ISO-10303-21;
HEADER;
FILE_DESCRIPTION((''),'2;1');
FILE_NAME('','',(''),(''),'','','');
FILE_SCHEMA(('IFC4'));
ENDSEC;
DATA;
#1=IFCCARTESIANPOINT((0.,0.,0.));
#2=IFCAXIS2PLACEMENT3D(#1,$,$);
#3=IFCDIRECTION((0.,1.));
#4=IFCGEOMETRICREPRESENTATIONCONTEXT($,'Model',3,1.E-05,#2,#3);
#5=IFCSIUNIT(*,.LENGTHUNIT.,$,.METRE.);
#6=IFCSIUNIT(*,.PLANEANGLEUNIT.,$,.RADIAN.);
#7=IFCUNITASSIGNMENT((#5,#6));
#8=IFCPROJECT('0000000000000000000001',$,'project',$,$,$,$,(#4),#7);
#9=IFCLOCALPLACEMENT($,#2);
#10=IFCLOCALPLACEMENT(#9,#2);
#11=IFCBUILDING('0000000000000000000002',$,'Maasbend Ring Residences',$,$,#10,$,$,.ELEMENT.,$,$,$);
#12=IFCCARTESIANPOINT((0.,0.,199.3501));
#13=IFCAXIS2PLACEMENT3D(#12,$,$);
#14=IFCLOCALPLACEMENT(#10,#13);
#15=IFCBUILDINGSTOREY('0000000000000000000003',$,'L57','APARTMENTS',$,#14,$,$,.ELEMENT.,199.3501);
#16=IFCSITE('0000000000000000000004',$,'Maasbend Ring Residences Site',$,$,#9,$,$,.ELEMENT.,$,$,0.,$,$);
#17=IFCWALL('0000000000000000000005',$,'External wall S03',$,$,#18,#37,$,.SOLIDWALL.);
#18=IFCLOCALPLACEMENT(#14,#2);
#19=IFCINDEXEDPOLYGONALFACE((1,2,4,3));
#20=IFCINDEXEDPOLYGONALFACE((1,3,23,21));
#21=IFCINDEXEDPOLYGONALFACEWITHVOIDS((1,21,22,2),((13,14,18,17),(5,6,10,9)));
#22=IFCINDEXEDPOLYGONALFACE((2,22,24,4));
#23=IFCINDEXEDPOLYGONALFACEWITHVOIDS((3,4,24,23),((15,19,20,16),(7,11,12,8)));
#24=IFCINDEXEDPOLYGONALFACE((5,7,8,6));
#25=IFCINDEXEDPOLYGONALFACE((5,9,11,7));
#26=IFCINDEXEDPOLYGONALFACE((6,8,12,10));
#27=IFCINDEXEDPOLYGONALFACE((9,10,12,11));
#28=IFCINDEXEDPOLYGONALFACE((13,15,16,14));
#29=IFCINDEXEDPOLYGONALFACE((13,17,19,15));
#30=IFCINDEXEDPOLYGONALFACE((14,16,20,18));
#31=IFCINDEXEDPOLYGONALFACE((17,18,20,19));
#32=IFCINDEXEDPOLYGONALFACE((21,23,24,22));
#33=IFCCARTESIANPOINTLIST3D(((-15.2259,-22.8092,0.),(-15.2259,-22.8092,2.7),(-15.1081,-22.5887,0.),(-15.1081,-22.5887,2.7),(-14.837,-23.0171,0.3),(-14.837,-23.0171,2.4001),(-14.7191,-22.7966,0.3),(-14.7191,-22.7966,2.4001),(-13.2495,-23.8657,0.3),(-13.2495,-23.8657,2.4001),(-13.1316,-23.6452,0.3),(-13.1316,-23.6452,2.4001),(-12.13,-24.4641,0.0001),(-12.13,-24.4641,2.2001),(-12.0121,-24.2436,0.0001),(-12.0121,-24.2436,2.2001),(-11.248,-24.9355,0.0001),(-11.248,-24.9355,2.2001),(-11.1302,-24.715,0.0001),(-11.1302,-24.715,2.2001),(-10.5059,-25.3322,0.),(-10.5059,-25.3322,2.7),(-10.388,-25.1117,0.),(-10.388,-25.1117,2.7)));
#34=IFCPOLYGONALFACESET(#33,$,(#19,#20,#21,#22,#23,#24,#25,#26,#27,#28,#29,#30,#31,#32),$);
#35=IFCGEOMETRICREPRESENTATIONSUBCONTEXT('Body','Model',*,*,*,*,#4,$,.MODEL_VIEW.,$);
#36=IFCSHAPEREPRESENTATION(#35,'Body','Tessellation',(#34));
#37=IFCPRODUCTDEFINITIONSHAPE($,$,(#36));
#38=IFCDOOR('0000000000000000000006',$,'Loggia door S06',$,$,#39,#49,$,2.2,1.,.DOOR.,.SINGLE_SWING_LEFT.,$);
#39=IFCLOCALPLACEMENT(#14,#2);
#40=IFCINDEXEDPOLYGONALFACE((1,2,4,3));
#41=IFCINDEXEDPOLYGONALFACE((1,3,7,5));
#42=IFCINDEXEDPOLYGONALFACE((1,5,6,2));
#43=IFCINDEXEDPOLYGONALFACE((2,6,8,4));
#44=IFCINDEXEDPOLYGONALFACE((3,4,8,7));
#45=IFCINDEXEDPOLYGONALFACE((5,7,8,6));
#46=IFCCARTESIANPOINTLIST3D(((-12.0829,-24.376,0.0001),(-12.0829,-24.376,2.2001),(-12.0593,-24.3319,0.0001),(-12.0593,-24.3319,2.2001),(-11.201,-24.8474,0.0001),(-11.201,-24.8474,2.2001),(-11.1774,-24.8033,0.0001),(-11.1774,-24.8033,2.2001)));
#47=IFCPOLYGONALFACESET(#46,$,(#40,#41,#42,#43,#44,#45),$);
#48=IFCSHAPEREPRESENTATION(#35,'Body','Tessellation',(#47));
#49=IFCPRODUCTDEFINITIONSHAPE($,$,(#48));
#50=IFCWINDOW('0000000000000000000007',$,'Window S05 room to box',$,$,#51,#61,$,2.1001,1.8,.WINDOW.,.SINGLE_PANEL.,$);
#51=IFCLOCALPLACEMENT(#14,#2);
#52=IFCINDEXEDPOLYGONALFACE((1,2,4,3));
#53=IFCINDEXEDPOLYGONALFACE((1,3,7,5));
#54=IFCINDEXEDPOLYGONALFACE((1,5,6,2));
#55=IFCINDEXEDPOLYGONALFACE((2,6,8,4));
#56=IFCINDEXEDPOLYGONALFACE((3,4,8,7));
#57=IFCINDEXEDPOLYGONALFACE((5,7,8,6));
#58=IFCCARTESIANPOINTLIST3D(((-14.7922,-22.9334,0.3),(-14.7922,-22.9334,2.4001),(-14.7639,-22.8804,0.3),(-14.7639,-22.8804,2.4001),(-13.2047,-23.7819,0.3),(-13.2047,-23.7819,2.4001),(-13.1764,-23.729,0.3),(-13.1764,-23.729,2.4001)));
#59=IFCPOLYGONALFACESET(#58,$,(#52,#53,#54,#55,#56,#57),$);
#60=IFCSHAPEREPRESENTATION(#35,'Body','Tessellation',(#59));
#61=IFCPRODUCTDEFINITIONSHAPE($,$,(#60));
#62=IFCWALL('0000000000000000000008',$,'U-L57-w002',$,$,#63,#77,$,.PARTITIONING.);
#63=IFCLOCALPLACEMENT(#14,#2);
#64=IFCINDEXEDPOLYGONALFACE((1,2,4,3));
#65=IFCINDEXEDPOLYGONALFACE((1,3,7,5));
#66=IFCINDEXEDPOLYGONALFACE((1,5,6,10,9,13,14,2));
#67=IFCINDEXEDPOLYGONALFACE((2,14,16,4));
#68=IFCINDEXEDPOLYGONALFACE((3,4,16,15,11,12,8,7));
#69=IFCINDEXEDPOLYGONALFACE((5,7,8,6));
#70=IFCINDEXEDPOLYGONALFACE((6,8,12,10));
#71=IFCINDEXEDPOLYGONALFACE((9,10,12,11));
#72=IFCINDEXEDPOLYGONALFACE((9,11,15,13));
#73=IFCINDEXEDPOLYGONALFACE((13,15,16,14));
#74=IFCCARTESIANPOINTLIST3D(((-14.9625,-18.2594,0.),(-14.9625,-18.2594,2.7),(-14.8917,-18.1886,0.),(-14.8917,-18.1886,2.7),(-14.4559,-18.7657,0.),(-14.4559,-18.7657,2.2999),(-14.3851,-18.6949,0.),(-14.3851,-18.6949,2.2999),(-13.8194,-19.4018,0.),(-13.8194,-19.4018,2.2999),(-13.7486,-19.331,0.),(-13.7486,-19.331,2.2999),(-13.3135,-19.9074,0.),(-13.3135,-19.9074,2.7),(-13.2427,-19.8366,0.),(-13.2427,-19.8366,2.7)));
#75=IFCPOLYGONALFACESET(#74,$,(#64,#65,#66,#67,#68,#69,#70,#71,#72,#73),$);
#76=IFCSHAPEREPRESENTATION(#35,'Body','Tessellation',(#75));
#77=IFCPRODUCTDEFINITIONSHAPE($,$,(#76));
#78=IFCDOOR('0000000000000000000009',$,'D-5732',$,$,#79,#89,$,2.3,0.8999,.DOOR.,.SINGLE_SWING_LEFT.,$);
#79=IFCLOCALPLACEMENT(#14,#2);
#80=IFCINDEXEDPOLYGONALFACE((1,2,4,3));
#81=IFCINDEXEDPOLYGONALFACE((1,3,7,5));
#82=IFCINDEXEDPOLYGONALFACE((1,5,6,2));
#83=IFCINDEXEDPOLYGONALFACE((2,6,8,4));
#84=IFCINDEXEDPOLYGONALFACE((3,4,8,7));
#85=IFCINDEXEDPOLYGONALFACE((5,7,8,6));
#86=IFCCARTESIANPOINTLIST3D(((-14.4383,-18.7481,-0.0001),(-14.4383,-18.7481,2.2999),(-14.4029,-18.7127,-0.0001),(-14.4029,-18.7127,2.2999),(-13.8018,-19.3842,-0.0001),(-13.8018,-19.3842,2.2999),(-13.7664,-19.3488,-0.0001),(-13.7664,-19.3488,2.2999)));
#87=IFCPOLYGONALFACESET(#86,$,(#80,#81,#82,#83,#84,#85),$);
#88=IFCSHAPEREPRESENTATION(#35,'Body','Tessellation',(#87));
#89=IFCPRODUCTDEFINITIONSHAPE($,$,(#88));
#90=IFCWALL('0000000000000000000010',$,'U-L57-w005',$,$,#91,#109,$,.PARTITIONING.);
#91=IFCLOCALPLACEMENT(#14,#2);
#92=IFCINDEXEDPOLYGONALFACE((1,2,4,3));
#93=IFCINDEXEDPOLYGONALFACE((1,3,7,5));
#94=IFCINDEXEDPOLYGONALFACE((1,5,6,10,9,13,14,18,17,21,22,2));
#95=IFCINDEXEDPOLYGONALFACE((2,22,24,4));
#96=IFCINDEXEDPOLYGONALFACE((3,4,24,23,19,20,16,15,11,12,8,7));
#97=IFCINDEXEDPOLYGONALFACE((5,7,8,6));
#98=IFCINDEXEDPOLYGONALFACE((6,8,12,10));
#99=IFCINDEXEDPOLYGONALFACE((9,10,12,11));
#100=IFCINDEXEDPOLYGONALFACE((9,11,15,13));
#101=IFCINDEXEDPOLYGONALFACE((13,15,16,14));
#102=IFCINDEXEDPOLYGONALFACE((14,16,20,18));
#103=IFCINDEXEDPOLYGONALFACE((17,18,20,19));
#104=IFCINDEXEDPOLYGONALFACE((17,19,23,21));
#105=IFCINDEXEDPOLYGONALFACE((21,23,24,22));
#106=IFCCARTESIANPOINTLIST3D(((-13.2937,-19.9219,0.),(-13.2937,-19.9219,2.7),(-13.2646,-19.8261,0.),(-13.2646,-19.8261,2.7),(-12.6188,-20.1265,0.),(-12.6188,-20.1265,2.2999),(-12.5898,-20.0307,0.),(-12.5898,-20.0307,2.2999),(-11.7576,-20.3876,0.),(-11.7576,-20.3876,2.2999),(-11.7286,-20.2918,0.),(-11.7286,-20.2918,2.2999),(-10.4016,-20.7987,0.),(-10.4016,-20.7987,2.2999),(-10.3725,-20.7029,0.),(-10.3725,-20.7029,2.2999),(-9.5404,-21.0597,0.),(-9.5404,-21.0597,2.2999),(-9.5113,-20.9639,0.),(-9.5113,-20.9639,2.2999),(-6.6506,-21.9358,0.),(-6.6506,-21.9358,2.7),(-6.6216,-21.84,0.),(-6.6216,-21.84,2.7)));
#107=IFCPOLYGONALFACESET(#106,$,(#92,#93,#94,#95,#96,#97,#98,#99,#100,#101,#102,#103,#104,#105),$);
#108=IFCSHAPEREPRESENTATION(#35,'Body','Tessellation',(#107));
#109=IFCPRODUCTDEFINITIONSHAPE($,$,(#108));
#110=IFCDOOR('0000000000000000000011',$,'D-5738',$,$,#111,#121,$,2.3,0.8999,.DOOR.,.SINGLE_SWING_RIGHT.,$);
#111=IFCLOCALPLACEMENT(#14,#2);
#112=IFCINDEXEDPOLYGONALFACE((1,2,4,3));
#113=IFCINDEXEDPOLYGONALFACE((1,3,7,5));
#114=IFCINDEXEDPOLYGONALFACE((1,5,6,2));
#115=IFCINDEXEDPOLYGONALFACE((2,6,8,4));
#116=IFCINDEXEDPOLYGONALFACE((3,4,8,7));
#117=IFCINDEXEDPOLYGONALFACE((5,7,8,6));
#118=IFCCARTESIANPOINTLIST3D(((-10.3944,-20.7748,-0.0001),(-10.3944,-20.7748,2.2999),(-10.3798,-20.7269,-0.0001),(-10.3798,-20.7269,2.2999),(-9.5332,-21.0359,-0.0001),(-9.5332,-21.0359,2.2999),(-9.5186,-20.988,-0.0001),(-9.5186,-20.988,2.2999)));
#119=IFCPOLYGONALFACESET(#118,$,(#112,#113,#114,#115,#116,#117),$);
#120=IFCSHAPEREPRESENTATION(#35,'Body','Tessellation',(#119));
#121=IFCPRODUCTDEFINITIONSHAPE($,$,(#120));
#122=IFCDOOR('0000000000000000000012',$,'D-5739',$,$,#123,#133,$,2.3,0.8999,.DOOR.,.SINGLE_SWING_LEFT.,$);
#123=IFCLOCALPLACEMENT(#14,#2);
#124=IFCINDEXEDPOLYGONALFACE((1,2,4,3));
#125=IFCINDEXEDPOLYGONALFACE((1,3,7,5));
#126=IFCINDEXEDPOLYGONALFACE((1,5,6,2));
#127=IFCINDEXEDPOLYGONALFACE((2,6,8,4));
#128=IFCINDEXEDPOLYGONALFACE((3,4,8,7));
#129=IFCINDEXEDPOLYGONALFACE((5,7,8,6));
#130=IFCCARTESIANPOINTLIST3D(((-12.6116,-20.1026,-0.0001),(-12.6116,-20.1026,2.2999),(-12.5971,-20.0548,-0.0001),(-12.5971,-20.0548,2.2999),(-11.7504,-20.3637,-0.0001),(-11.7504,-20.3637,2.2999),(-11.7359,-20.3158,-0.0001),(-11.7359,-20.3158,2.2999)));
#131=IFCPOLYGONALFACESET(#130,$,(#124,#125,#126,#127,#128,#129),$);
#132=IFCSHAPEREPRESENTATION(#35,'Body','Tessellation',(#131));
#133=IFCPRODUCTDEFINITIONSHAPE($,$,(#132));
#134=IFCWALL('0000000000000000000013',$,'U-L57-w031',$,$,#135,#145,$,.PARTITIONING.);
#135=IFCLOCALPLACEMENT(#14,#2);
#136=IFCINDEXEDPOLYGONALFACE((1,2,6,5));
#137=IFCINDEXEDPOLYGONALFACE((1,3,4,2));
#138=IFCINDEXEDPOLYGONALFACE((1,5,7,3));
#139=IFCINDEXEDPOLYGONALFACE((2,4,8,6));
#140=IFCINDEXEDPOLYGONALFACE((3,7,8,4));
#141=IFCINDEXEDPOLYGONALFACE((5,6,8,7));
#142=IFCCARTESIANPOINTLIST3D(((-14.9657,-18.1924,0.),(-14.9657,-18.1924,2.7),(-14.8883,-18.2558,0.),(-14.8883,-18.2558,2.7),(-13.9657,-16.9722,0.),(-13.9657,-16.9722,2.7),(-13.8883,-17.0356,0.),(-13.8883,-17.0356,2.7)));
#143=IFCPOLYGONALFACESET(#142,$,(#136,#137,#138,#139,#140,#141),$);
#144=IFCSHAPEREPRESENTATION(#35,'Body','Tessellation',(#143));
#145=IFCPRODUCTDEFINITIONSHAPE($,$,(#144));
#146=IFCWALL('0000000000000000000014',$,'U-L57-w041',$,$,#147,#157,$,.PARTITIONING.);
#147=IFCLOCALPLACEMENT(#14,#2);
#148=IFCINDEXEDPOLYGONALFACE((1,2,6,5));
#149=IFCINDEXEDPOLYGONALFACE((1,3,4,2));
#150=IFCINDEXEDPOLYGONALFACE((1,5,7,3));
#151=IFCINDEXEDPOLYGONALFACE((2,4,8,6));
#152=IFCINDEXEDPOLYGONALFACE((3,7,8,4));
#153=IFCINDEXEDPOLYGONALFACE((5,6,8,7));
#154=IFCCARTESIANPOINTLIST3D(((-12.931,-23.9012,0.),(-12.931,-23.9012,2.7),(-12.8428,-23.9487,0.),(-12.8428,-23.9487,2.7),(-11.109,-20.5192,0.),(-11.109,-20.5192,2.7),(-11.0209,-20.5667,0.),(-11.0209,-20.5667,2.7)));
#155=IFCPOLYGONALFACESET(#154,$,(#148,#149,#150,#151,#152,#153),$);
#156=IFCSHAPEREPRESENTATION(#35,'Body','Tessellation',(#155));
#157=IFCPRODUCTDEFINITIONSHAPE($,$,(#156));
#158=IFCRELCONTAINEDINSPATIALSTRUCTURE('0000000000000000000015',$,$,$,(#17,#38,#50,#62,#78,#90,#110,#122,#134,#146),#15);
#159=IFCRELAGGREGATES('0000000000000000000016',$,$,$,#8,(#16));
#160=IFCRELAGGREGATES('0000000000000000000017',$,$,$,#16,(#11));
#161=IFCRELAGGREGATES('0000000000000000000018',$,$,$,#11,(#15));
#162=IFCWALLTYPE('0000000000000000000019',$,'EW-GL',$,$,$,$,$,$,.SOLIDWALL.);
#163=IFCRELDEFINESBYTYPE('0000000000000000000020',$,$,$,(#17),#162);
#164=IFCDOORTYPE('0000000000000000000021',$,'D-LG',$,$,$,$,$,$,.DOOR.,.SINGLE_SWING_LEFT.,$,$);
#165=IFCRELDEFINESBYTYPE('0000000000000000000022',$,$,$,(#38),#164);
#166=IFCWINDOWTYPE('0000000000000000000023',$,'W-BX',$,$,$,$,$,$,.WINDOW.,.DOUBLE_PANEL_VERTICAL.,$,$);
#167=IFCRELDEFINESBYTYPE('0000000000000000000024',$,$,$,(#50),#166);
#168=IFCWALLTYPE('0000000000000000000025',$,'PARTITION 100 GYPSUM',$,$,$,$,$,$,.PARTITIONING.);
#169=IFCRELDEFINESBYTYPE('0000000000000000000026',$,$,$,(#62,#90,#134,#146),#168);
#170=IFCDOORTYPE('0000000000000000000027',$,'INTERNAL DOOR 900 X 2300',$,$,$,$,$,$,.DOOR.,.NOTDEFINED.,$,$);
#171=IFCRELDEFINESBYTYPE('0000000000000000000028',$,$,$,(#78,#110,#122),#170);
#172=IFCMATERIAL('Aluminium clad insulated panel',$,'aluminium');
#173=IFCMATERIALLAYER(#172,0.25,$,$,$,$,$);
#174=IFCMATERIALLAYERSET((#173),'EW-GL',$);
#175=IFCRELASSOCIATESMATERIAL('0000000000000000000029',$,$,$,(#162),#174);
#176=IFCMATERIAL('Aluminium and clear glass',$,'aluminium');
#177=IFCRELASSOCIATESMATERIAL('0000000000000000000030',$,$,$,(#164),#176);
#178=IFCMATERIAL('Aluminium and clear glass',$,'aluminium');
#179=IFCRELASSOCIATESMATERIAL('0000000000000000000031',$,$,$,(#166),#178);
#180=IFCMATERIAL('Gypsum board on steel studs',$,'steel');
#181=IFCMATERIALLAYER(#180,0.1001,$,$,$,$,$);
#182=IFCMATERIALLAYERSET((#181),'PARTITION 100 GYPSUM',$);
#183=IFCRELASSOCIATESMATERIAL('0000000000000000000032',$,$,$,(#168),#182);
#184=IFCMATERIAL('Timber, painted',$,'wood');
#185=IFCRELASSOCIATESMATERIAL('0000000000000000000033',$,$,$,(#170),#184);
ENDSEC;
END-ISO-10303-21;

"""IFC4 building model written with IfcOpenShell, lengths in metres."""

from ifc_helpers import new_model, si_unit, direction, frame, frame_2d, origin, place, context, subcontext, project, spatial, rectangle, extrude, material, layer, layer_set, type_object, element, fill, save


model = new_model("IFC4")

# Units and contexts
model_context = context("Model", 3, precision=1e-05, world=origin(), true_north=direction((0.0, 1.0)))
body_context = subcontext(model_context, "Body", "Model", "MODEL_VIEW")
ifc_project = project(units=[si_unit("LENGTHUNIT", "METRE"), si_unit("PLANEANGLEUNIT", "RADIAN")], contexts=[model_context])

# Site, building, storey
site_placement = place(None, origin())
site = spatial("IfcSite", under=ifc_project, at=site_placement, Name="Maasbend Ring Residences Site", CompositionType="ELEMENT", RefElevation=0.0)
building_placement = place(site_placement, origin())
building = spatial("IfcBuilding", under=site, at=building_placement, Name="Maasbend Ring Residences", CompositionType="ELEMENT")
storey_placement = place(building_placement, frame((0.0, 0.0, 199.3501)))
storey = spatial("IfcBuildingStorey", under=building, at=storey_placement, Name="L57", Description="APARTMENTS", CompositionType="ELEMENT", Elevation=199.3501)

# Wall, openings, door, window
ifc_material_1 = material(Name="Aluminium clad insulated panel", Category="aluminium")
ifc_layer_1 = layer(ifc_material_1, 0.25)
ifc_layer_set_1 = layer_set([ifc_layer_1], Name="EW-GL")
wall_type_1 = type_object("IfcWallType", Name="EW-GL", PredefinedType="SOLIDWALL", material=ifc_layer_set_1)
wall_1_placement = place(storey_placement, frame((-15.167, -22.699, 0.0), z_axis=(0.0, 0.0, 1.0), x_axis=(0.881916, -0.471407, 0.0)))
wall_1 = element("IfcWall", 1, at=wall_1_placement, inside=storey, type_object=wall_type_1, Name="External wall S03", PredefinedType="SOLIDWALL", context=body_context, shape_type="SweptSolid", body=[
    extrude(rectangle(XDim=5.3521, YDim=0.25, at=frame_2d((2.676, 0.0))), origin(), (0.0, 0.0, 1.0), 2.7),
])
opening_1_placement = place(wall_1_placement, frame((0.4412, 0.0, 0.3)))
opening_1 = element("IfcOpeningElement", 2, at=opening_1_placement, cuts=wall_1, PredefinedType="OPENING", context=body_context, shape_type="SweptSolid", body=[
    extrude(rectangle(XDim=1.8, YDim=2.1001, at=frame_2d((0.8999, 1.05))), frame((0.0, 0.135, 0.0), z_axis=(0.0, -1.0, 0.0), x_axis=(1.0, 0.0, 0.0)), (0.0, 0.0, 1.0), 0.27),
])
opening_2_placement = place(wall_1_placement, frame((3.5105, 0.0, 0.0)))
opening_2 = element("IfcOpeningElement", 3, at=opening_2_placement, cuts=wall_1, PredefinedType="OPENING", context=body_context, shape_type="SweptSolid", body=[
    extrude(rectangle(XDim=1.0, YDim=2.2, at=frame_2d((0.5, 1.1001))), frame((0.0, 0.135, 0.0), z_axis=(0.0, -1.0, 0.0), x_axis=(1.0, 0.0, 0.0)), (0.0, 0.0, 1.0), 0.27),
])
ifc_material_2 = material(Name="Aluminium and clear glass", Category="aluminium")
door_type_1 = type_object("IfcDoorType", Name="D-LG", OperationType="SINGLE_SWING_LEFT", PredefinedType="DOOR", material=ifc_material_2)
door_1_placement = place(opening_2_placement, origin())
door_1 = element("IfcDoor", 4, at=door_1_placement, inside=storey, type_object=door_type_1, Name="Loggia door S06", OperationType="SINGLE_SWING_LEFT", OverallHeight=2.2, OverallWidth=1.0, PredefinedType="DOOR", context=body_context, shape_type="SweptSolid", body=[
    extrude(rectangle(XDim=1.0, YDim=2.2, at=frame_2d((0.5, 1.1001))), frame((0.0, 0.0249, 0.0), z_axis=(0.0, -1.0, 0.0), x_axis=(1.0, 0.0, 0.0)), (0.0, 0.0, 1.0), 0.05),
])
fill(opening_2, door_1)
ifc_material_3 = material(Name="Aluminium and clear glass", Category="aluminium")
window_type_1 = type_object("IfcWindowType", Name="W-BX", PartitioningType="DOUBLE_PANEL_VERTICAL", PredefinedType="WINDOW", material=ifc_material_3)
window_1_placement = place(opening_1_placement, origin())
window_1 = element("IfcWindow", 5, at=window_1_placement, inside=storey, type_object=window_type_1, Name="Window S05 room to box", OverallHeight=2.1001, OverallWidth=1.8, PartitioningType="SINGLE_PANEL", PredefinedType="WINDOW", context=body_context, shape_type="SweptSolid", body=[
    extrude(rectangle(XDim=1.8, YDim=2.1001, at=frame_2d((0.8999, 1.05))), frame((0.0, 0.03, 0.0), z_axis=(0.0, -1.0, 0.0), x_axis=(1.0, 0.0, 0.0)), (0.0, 0.0, 1.0), 0.0601),
])
fill(opening_1, window_1)

# Wall, opening, door
ifc_material_4 = material(Name="Gypsum board on steel studs", Category="steel")
ifc_layer_2 = layer(ifc_material_4, 0.1001)
ifc_layer_set_2 = layer_set([ifc_layer_2], Name="PARTITION 100 GYPSUM")
wall_type_2 = type_object("IfcWallType", Name="PARTITION 100 GYPSUM", PredefinedType="PARTITIONING", material=ifc_layer_set_2)
wall_2_placement = place(storey_placement, frame((-14.927, -18.2241, 0.0), z_axis=(0.0, 0.0, 1.0), x_axis=(0.707316, -0.706897, 0.0)))
wall_2 = element("IfcWall", 6, at=wall_2_placement, inside=storey, type_object=wall_type_2, Name="U-L57-w002", PredefinedType="PARTITIONING", context=body_context, shape_type="SweptSolid", body=[
    extrude(rectangle(XDim=2.3313, YDim=0.1001, at=frame_2d((1.1655, 0.0))), origin(), (0.0, 0.0, 1.0), 2.7),
])
opening_3_placement = place(wall_2_placement, frame((0.7161, 0.0, 0.0)))
opening_3 = element("IfcOpeningElement", 7, at=opening_3_placement, cuts=wall_2, PredefinedType="OPENING", context=body_context, shape_type="SweptSolid", body=[
    extrude(rectangle(XDim=0.8999, YDim=2.3, at=frame_2d((0.45, 1.1499))), frame((0.0, 0.0601, 0.0), z_axis=(0.0, -1.0, 0.0), x_axis=(1.0, 0.0, 0.0)), (0.0, 0.0, 1.0), 0.1201),
])
ifc_material_5 = material(Name="Timber, painted", Category="wood")
door_type_2 = type_object("IfcDoorType", Name="INTERNAL DOOR 900 X 2300", OperationType="NOTDEFINED", PredefinedType="DOOR", material=ifc_material_5)
door_2_placement = place(opening_3_placement, origin())
door_2 = element("IfcDoor", 8, at=door_2_placement, inside=storey, type_object=door_type_2, Name="D-5732", OperationType="SINGLE_SWING_LEFT", OverallHeight=2.3, OverallWidth=0.8999, PredefinedType="DOOR", context=body_context, shape_type="SweptSolid", body=[
    extrude(rectangle(XDim=0.8999, YDim=2.3, at=frame_2d((0.45, 1.1499))), frame((0.0, 0.0249, 0.0), z_axis=(0.0, -1.0, 0.0), x_axis=(1.0, 0.0, 0.0)), (0.0, 0.0, 1.0), 0.05),
])
fill(opening_3, door_2)

# Wall, openings, doors
wall_3_placement = place(storey_placement, frame((-13.2791, -19.874, 0.0), z_axis=(0.0, 0.0, 1.0), x_axis=(0.95699, -0.290122, 0.0)))
wall_3 = element("IfcWall", 9, at=wall_3_placement, inside=storey, type_object=wall_type_2, Name="U-L57-w005", PredefinedType="PARTITIONING", context=body_context, shape_type="SweptSolid", body=[
    extrude(rectangle(XDim=6.9417, YDim=0.1001, at=frame_2d((3.4707, 0.0))), origin(), (0.0, 0.0, 1.0), 2.7),
])
opening_4_placement = place(wall_3_placement, frame((3.022, 0.0, 0.0)))
opening_4 = element("IfcOpeningElement", 10, at=opening_4_placement, cuts=wall_3, PredefinedType="OPENING", context=body_context, shape_type="SweptSolid", body=[
    extrude(rectangle(XDim=0.8999, YDim=2.3, at=frame_2d((0.45, 1.1499))), frame((0.0, 0.0601, 0.0), z_axis=(0.0, -1.0, 0.0), x_axis=(1.0, 0.0, 0.0)), (0.0, 0.0, 1.0), 0.1201),
])
opening_5_placement = place(wall_3_placement, frame((0.7051, 0.0, 0.0)))
opening_5 = element("IfcOpeningElement", 11, at=opening_5_placement, cuts=wall_3, PredefinedType="OPENING", context=body_context, shape_type="SweptSolid", body=[
    extrude(rectangle(XDim=0.8999, YDim=2.3, at=frame_2d((0.45, 1.1499))), frame((0.0, 0.0601, 0.0), z_axis=(0.0, -1.0, 0.0), x_axis=(1.0, 0.0, 0.0)), (0.0, 0.0, 1.0), 0.1201),
])
door_3_placement = place(opening_4_placement, origin())
door_3 = element("IfcDoor", 12, at=door_3_placement, inside=storey, type_object=door_type_2, Name="D-5738", OperationType="SINGLE_SWING_RIGHT", OverallHeight=2.3, OverallWidth=0.8999, PredefinedType="DOOR", context=body_context, shape_type="SweptSolid", body=[
    extrude(rectangle(XDim=0.8999, YDim=2.3, at=frame_2d((0.45, 1.1499))), frame((0.0, 0.0249, 0.0), z_axis=(0.0, -1.0, 0.0), x_axis=(1.0, 0.0, 0.0)), (0.0, 0.0, 1.0), 0.05),
])
fill(opening_4, door_3)
door_4_placement = place(opening_5_placement, origin())
door_4 = element("IfcDoor", 13, at=door_4_placement, inside=storey, type_object=door_type_2, Name="D-5739", OperationType="SINGLE_SWING_LEFT", OverallHeight=2.3, OverallWidth=0.8999, PredefinedType="DOOR", context=body_context, shape_type="SweptSolid", body=[
    extrude(rectangle(XDim=0.8999, YDim=2.3, at=frame_2d((0.45, 1.1499))), frame((0.0, 0.0249, 0.0), z_axis=(0.0, -1.0, 0.0), x_axis=(1.0, 0.0, 0.0)), (0.0, 0.0, 1.0), 0.05),
])
fill(opening_5, door_4)

# Walls
wall_4_placement = place(storey_placement, frame((-14.927, -18.2241, 0.0), z_axis=(0.0, 0.0, 1.0), x_axis=(0.633861, 0.773447, 0.0)))
element("IfcWall", 14, at=wall_4_placement, inside=storey, type_object=wall_type_2, Name="U-L57-w031", PredefinedType="PARTITIONING", context=body_context, shape_type="SweptSolid", body=[
    extrude(rectangle(XDim=1.5776, YDim=0.1001, at=frame_2d((0.7888, 0.0))), origin(), (0.0, 0.0, 1.0), 2.7),
])
wall_5_placement = place(storey_placement, frame((-12.887, -23.925, 0.0), z_axis=(0.0, 0.0, 1.0), x_axis=(0.474282, 0.880373, 0.0)))
element("IfcWall", 15, at=wall_5_placement, inside=storey, type_object=wall_type_2, Name="U-L57-w041", PredefinedType="PARTITIONING", context=body_context, shape_type="SweptSolid", body=[
    extrude(rectangle(XDim=3.8416, YDim=0.1001, at=frame_2d((1.9209, 0.0))), origin(), (0.0, 0.0, 1.0), 2.7),
])

save(model, "model.ifc")
